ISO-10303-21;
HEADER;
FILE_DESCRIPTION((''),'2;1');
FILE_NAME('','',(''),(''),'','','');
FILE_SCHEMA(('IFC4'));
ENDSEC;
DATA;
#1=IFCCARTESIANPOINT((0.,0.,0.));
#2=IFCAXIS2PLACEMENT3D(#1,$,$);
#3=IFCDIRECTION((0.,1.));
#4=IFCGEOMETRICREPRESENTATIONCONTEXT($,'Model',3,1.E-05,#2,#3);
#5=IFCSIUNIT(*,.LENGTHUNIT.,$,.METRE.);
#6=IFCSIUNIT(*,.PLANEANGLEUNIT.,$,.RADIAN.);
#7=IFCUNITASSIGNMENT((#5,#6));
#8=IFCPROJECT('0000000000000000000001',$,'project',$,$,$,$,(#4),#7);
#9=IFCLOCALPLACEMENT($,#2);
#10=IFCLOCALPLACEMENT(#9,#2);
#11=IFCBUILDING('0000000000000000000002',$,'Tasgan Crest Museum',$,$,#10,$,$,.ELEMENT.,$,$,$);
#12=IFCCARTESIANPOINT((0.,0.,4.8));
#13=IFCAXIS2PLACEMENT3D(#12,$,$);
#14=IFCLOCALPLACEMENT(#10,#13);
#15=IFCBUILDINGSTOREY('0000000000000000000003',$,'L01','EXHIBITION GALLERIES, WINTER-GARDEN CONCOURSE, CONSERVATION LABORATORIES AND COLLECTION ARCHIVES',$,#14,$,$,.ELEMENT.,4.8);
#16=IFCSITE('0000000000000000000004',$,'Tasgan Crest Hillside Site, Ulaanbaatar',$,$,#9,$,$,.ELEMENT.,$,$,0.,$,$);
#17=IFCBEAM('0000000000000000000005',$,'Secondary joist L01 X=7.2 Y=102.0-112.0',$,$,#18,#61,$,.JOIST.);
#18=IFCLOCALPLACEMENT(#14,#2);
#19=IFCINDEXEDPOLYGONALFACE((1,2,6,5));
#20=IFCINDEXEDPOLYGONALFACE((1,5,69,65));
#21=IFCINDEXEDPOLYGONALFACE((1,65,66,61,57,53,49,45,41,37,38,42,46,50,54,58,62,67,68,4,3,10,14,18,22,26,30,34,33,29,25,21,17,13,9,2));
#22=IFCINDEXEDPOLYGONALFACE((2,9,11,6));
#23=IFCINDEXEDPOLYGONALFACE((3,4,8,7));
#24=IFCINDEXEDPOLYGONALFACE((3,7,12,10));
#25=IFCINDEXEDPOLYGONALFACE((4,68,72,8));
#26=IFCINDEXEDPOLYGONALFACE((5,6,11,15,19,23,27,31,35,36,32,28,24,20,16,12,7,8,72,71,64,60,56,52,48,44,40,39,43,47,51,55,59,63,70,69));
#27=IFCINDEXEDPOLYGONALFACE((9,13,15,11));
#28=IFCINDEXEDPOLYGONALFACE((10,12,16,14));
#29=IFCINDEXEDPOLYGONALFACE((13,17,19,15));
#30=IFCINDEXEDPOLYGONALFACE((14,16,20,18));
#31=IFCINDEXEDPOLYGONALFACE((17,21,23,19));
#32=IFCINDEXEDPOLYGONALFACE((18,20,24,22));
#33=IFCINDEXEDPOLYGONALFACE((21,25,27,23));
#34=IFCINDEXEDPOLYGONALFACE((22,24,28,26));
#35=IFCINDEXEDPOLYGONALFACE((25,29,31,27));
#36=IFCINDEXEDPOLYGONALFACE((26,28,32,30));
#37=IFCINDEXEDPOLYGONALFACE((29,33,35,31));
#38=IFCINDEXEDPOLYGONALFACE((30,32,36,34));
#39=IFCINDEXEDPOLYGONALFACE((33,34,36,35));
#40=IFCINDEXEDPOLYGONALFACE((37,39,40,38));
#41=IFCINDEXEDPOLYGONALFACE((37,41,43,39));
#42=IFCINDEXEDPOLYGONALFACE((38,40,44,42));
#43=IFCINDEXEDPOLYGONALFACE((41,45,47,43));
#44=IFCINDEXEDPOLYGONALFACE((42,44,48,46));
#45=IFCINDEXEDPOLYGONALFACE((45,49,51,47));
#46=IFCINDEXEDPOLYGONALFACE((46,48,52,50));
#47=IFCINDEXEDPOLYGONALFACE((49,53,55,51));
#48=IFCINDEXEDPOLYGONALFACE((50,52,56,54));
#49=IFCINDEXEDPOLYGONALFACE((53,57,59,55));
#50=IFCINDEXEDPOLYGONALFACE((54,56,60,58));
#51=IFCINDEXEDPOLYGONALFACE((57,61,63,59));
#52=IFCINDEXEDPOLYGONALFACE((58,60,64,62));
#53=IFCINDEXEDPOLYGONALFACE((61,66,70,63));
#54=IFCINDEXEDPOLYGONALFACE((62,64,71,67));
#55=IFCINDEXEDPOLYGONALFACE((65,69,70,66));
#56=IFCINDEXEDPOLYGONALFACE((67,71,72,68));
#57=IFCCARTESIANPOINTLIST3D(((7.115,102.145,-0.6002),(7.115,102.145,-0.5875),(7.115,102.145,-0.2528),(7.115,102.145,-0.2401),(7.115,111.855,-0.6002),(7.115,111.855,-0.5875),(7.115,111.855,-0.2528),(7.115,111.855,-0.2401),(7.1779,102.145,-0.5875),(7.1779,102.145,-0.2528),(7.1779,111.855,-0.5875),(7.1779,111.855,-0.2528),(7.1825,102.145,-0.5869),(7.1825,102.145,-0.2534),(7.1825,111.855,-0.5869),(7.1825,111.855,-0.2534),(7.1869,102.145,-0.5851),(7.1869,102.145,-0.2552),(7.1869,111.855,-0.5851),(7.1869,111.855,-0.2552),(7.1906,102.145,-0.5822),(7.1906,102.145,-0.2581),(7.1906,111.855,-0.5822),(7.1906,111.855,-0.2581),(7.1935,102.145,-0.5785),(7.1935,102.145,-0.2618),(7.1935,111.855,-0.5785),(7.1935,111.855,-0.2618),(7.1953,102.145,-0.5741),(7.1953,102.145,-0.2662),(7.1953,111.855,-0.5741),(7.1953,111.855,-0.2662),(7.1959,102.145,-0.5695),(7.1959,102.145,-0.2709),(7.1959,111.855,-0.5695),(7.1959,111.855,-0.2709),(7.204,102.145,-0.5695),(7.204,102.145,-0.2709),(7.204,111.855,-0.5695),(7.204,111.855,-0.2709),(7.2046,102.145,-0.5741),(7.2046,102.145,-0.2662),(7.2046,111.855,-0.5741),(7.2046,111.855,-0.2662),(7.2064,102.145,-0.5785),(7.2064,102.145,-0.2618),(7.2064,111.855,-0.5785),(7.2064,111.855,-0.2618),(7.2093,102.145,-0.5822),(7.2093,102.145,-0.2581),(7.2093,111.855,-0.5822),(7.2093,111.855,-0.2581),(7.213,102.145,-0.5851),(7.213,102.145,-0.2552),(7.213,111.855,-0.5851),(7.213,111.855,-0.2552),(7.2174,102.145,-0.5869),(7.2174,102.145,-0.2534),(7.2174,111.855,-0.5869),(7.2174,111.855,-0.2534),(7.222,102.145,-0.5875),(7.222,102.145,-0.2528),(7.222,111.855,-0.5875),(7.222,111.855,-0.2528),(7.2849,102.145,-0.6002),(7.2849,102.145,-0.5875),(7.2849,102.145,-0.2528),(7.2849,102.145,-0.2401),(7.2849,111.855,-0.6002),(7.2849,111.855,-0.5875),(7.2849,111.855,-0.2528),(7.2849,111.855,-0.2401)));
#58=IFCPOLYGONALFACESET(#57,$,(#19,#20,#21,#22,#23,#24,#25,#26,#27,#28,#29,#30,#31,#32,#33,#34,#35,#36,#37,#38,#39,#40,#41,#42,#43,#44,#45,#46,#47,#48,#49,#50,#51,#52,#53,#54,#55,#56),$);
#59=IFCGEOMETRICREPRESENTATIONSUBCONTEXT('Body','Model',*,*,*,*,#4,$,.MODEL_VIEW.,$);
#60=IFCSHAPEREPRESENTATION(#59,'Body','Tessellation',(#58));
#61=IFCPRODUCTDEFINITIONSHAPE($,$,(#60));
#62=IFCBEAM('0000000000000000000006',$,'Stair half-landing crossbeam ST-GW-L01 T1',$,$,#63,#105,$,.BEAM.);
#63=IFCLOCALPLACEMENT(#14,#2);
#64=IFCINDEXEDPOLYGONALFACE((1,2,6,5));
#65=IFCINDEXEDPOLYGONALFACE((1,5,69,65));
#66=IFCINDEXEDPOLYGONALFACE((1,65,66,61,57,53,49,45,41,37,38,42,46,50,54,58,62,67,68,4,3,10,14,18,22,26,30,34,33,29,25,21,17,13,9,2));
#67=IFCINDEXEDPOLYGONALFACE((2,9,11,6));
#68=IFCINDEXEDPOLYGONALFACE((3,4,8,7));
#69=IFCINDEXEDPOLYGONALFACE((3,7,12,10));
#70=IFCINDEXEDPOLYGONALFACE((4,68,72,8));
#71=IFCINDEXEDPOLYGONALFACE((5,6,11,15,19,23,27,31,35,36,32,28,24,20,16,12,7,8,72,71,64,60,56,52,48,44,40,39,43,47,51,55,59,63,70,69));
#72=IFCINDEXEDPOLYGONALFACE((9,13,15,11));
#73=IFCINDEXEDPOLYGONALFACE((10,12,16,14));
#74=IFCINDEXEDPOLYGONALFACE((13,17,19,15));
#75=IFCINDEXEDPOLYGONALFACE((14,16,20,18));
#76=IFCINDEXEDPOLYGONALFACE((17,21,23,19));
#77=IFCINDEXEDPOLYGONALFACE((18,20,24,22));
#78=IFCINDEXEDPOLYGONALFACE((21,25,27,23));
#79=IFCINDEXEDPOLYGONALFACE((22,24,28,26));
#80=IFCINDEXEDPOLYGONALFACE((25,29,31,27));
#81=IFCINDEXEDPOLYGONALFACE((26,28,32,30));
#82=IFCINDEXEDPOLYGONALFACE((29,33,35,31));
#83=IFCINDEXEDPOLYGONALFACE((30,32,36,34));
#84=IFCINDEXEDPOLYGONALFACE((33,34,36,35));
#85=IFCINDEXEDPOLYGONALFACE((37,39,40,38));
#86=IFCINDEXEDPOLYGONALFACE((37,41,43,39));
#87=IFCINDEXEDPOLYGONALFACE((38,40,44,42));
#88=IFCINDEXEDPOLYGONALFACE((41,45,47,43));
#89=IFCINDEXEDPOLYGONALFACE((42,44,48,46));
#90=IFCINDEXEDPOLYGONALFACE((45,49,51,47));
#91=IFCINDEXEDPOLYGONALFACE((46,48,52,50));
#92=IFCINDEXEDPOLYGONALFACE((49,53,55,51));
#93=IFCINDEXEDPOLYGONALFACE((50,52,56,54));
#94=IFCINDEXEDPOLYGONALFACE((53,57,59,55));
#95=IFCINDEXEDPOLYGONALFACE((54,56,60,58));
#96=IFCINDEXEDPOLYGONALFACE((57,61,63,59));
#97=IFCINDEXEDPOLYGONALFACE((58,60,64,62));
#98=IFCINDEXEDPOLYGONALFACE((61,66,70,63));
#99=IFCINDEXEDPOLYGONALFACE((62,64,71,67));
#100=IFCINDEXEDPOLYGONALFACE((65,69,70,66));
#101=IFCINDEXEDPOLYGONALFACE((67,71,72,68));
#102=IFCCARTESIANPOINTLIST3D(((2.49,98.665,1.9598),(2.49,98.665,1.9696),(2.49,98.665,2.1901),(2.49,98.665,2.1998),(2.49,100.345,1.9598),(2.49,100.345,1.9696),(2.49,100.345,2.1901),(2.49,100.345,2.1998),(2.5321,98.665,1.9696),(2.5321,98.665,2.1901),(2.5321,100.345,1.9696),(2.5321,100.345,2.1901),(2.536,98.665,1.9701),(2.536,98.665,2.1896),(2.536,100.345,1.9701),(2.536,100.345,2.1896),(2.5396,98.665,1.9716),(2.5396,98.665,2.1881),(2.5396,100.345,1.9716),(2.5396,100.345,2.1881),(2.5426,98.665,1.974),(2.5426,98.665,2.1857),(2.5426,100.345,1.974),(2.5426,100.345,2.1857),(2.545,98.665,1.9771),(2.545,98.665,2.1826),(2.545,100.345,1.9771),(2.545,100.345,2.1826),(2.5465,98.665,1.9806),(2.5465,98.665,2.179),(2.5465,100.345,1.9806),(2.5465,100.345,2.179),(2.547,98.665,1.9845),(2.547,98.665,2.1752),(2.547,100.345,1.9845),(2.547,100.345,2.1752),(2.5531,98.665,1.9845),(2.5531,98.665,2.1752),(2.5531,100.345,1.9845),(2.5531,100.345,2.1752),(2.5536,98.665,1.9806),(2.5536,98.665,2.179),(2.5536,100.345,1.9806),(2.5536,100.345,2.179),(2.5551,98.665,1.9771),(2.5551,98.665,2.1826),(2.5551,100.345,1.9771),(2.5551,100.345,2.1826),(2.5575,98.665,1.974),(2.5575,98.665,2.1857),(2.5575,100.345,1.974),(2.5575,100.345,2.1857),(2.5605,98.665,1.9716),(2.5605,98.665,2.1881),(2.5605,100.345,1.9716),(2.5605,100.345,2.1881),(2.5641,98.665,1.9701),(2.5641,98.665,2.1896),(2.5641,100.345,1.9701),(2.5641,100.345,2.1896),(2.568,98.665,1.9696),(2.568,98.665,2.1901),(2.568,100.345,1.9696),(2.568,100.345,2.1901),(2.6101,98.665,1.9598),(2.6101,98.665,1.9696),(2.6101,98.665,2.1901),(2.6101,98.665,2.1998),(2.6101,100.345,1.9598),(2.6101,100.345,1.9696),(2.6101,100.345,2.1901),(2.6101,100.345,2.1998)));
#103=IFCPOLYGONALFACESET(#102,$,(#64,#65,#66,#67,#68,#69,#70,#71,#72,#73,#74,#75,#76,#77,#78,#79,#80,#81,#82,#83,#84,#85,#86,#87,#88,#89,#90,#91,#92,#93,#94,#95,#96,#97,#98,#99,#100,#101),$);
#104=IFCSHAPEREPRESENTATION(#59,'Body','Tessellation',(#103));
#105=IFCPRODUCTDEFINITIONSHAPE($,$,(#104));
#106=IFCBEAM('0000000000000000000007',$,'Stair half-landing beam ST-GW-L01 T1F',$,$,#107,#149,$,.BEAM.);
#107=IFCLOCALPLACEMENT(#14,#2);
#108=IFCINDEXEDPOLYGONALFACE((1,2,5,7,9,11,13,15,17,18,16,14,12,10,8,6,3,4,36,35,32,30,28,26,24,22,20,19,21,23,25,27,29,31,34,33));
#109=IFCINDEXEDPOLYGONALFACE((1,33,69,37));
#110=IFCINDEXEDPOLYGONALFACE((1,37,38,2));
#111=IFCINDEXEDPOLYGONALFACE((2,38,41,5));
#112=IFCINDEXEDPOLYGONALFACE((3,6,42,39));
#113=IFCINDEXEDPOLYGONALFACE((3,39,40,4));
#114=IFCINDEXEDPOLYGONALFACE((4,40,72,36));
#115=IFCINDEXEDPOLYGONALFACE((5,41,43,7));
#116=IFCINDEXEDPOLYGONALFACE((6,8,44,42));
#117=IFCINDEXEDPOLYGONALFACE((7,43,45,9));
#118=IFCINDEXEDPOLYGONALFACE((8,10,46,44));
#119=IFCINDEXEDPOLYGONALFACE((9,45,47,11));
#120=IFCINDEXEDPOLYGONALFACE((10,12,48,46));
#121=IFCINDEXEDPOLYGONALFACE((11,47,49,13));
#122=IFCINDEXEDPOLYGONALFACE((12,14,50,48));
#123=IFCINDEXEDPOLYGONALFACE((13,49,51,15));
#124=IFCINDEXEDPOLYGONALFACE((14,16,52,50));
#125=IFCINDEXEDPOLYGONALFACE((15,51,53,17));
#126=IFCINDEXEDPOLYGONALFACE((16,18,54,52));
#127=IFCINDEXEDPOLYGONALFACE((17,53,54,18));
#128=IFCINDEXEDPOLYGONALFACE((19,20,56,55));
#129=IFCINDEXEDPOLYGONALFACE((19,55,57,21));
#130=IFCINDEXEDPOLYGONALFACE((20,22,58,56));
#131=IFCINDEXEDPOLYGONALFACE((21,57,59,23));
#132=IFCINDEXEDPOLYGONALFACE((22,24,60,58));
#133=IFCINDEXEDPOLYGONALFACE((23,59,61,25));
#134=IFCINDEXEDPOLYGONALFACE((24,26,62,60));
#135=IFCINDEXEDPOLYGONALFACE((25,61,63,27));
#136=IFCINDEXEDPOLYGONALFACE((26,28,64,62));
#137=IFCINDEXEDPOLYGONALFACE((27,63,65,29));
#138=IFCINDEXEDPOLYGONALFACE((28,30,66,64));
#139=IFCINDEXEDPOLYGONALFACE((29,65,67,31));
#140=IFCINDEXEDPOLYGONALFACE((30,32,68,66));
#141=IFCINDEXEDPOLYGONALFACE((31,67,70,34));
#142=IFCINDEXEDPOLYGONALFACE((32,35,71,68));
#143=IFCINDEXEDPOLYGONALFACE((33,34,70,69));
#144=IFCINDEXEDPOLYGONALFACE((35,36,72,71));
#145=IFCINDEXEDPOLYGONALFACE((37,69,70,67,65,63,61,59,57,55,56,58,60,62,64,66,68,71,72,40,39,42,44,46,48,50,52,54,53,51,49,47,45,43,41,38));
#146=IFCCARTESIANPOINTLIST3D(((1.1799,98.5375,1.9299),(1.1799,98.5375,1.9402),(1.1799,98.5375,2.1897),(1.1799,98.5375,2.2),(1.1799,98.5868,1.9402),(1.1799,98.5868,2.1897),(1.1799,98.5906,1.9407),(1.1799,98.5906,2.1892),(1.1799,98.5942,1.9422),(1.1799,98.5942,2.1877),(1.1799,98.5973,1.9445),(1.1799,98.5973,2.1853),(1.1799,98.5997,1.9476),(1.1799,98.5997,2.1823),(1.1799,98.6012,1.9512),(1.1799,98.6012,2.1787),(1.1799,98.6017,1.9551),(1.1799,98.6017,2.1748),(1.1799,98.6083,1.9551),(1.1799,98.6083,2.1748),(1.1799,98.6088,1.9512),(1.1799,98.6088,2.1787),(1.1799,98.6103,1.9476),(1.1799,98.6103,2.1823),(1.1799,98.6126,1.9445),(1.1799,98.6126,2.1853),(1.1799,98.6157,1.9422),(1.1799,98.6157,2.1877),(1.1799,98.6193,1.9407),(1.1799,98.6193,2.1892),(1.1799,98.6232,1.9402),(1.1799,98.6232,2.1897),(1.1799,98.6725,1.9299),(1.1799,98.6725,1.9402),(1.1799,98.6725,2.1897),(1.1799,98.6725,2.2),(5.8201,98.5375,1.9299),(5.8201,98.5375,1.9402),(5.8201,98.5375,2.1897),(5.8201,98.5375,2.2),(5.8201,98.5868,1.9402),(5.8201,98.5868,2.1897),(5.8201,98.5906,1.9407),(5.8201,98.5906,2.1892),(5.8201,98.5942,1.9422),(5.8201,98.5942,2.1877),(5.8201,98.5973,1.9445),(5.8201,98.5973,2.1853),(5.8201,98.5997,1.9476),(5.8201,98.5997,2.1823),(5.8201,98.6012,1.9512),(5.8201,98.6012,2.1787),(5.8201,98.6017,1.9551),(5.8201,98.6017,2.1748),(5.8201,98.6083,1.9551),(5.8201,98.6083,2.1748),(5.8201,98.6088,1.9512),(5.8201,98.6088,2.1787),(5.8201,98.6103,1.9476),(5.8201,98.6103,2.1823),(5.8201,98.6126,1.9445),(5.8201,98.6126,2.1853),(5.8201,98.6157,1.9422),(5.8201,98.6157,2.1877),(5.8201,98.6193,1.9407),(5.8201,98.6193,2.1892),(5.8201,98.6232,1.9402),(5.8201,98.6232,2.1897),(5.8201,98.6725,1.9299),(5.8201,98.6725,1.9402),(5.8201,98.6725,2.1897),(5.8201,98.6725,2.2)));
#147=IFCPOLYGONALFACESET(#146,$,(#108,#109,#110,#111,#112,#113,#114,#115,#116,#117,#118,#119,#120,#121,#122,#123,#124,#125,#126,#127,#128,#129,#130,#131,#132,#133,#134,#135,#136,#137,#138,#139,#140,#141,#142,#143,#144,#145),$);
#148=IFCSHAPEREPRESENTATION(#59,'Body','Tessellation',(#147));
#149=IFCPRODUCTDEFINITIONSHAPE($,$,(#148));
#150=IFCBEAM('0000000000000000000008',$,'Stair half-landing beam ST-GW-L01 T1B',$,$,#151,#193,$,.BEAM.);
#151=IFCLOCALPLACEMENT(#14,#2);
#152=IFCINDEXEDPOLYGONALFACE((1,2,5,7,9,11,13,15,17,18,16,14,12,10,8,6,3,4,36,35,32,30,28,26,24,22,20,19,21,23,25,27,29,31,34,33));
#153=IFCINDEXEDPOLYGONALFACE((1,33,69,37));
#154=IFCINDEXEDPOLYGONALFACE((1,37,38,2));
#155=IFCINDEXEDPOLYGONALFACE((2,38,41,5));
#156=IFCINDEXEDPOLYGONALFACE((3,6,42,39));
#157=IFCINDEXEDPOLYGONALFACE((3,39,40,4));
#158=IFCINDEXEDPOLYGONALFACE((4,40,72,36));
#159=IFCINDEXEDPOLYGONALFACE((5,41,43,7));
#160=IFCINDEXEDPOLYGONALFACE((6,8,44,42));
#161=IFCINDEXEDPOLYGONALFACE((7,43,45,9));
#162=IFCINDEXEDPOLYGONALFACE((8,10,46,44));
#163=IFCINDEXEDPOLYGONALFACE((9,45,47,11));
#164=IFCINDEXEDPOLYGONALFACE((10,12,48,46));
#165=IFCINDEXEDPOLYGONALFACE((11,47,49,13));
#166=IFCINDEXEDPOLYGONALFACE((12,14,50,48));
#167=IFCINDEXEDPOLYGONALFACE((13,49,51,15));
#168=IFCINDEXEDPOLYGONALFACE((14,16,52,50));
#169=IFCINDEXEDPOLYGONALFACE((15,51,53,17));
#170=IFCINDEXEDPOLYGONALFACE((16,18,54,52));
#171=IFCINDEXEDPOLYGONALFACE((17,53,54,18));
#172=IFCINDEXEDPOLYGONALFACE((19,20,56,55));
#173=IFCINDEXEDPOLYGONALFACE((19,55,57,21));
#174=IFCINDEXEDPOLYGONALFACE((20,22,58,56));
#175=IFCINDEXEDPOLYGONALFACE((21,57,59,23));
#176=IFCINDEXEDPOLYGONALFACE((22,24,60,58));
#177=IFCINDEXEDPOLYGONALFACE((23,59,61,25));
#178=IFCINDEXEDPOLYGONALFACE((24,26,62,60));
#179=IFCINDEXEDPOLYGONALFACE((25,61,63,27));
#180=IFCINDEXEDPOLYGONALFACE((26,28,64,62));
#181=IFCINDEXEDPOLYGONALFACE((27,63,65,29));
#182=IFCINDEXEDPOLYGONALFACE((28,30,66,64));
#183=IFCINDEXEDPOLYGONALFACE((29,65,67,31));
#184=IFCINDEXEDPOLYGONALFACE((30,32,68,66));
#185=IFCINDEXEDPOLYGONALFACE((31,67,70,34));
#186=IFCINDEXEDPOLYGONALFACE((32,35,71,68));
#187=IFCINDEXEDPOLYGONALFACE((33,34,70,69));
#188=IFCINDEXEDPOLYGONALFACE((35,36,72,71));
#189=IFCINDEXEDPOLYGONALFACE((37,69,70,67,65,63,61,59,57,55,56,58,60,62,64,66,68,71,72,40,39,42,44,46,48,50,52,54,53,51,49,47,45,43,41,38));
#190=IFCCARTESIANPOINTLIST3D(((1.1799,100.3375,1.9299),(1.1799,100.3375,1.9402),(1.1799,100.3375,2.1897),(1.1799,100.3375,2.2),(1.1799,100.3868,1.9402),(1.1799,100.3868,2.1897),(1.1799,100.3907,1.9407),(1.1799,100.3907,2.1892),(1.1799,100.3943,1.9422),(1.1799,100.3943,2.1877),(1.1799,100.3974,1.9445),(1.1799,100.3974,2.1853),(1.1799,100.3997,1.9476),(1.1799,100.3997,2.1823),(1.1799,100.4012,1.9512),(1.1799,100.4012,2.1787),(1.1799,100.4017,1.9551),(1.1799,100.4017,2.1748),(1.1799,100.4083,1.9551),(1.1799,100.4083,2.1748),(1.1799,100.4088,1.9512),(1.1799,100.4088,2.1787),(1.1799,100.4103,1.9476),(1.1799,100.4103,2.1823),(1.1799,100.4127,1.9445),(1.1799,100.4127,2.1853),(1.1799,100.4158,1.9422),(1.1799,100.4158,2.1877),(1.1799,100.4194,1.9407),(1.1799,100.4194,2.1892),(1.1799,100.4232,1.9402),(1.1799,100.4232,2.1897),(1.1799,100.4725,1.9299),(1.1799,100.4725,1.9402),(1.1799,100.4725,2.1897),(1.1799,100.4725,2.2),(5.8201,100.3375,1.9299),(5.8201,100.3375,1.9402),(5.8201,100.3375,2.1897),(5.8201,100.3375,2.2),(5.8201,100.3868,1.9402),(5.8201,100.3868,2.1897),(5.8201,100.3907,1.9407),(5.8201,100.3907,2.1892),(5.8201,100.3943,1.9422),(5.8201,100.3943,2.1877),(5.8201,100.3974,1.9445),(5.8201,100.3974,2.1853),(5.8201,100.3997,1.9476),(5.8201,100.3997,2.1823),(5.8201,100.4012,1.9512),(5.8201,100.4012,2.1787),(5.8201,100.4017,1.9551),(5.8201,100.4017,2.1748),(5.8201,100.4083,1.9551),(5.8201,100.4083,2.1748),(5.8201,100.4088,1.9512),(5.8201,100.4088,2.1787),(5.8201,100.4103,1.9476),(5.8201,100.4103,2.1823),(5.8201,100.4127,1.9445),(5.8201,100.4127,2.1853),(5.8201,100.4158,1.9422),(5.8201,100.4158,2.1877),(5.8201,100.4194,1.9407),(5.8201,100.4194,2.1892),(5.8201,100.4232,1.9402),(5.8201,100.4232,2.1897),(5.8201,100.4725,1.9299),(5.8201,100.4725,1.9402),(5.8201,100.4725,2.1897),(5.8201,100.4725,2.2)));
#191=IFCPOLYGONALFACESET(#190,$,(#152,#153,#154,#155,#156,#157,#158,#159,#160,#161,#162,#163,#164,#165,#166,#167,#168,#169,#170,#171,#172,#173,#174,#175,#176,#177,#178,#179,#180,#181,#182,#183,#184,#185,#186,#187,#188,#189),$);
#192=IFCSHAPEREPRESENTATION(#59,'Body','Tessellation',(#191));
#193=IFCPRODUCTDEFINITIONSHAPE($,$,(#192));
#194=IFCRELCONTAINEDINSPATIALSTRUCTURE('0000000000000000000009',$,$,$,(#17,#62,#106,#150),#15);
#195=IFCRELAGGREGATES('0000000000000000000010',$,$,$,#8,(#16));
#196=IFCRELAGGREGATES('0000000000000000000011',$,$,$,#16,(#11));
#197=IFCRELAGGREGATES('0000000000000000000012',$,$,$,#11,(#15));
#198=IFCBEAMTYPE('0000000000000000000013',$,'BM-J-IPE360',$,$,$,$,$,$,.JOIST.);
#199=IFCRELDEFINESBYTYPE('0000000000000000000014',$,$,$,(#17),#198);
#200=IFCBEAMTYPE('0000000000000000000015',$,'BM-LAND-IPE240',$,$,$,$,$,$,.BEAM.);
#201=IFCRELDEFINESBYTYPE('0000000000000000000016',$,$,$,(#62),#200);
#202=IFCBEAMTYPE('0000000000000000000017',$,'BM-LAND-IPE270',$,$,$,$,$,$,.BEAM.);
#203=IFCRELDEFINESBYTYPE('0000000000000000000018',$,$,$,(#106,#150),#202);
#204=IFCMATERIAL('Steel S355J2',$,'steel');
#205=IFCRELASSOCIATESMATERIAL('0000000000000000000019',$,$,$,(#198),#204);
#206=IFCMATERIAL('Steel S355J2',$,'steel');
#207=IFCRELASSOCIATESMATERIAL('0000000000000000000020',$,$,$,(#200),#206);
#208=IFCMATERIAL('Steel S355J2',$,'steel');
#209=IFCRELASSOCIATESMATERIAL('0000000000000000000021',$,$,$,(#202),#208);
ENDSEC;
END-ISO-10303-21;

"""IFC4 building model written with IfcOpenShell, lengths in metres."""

from ifc_helpers import new_model, si_unit, direction, frame, origin, origin_2d, place, context, subcontext, project, spatial, i_section, extrude, material, material_profile, profile_set, type_object, element, save


model = new_model("IFC4")

# Units and contexts
model_context = context("Model", 3, precision=1e-05, world=origin(), true_north=direction((0.0, 1.0)))
body_context = subcontext(model_context, "Body", "Model", "MODEL_VIEW")
ifc_project = project(units=[si_unit("LENGTHUNIT", "METRE"), si_unit("PLANEANGLEUNIT", "RADIAN")], contexts=[model_context])

# Site, building, storey
site_placement = place(None, origin())
site = spatial("IfcSite", under=ifc_project, at=site_placement, Name="Tasgan Crest Hillside Site, Ulaanbaatar", CompositionType="ELEMENT", RefElevation=0.0)
building_placement = place(site_placement, origin())
building = spatial("IfcBuilding", under=site, at=building_placement, Name="Tasgan Crest Museum", CompositionType="ELEMENT")
storey_placement = place(building_placement, frame((0.0, 0.0, 4.8)))
storey = spatial("IfcBuildingStorey", under=building, at=storey_placement, Name="L01", Description="EXHIBITION GALLERIES, WINTER-GARDEN CONCOURSE, CONSERVATION LABORATORIES AND COLLECTION ARCHIVES", CompositionType="ELEMENT", Elevation=4.8)

# Beams
ifc_material_1 = material(Name="Steel S355J2", Category="steel")
ifc_material_profile_1 = material_profile(ifc_material_1, i_section(OverallWidth=0.1699, OverallDepth=0.3601, WebThickness=0.0081, FlangeThickness=0.0127, FilletRadius=0.0181, at=origin_2d()), Name="IPE 360")
ifc_profile_set_1 = profile_set([ifc_material_profile_1], Name="Steel S355J2")
beam_type_1 = type_object("IfcBeamType", Name="BM-J-IPE360", PredefinedType="JOIST", material=ifc_profile_set_1)
for number, where, z_axis, x_axis, name in (
    (1, (7.2, 102.145, -0.4202), (0.0, 1.0, 0.0), (-1.0, 0.0, 0.0), "Secondary joist L01 X=7.2 Y=102.0-112.0"),
):
    element("IfcBeam", number, at=place(storey_placement, frame(where, z_axis=z_axis, x_axis=x_axis)), inside=storey, type_object=beam_type_1, Name=name, PredefinedType="JOIST", context=body_context, shape_type="SweptSolid", body=[
        extrude(i_section(OverallWidth=0.1699, OverallDepth=0.3601, WebThickness=0.0081, FlangeThickness=0.0127, FilletRadius=0.0181, at=origin_2d()), origin(), (0.0, 0.0, 1.0), 9.71),
    ])
ifc_material_2 = material(Name="Steel S355J2", Category="steel")
ifc_material_profile_2 = material_profile(ifc_material_2, i_section(OverallWidth=0.1201, OverallDepth=0.24, WebThickness=0.0061, FlangeThickness=0.0098, FilletRadius=0.0149, at=origin_2d()), Name="IPE 240")
ifc_profile_set_2 = profile_set([ifc_material_profile_2], Name="Steel S355J2")
beam_type_2 = type_object("IfcBeamType", Name="BM-LAND-IPE240", PredefinedType="BEAM", material=ifc_profile_set_2)
beam_1_placement = place(storey_placement, frame((2.55, 98.665, 2.0798), z_axis=(0.0, 1.0, 0.0), x_axis=(-1.0, 0.0, 0.0)))
element("IfcBeam", 2, at=beam_1_placement, inside=storey, type_object=beam_type_2, Name="Stair half-landing crossbeam ST-GW-L01 T1", PredefinedType="BEAM", context=body_context, shape_type="SweptSolid", body=[
    extrude(i_section(OverallWidth=0.1201, OverallDepth=0.24, WebThickness=0.0061, FlangeThickness=0.0098, FilletRadius=0.0149, at=origin_2d()), origin(), (0.0, 0.0, 1.0), 1.6799),
])
ifc_material_3 = material(Name="Steel S355J2", Category="steel")
ifc_material_profile_3 = material_profile(ifc_material_3, i_section(OverallWidth=0.135, OverallDepth=0.27, WebThickness=0.0066, FlangeThickness=0.0103, FilletRadius=0.0149, at=origin_2d()), Name="IPE 270")
ifc_profile_set_3 = profile_set([ifc_material_profile_3], Name="Steel S355J2")
beam_type_3 = type_object("IfcBeamType", Name="BM-LAND-IPE270", PredefinedType="BEAM", material=ifc_profile_set_3)
for number, where, z_axis, x_axis, name in (
    (3, (1.1799, 98.605, 2.0649), (1.0, 0.0, 0.0), (0.0, 1.0, 0.0), "Stair half-landing beam ST-GW-L01 T1F"),
    (4, (1.1799, 100.405, 2.0649), (1.0, 0.0, 0.0), (0.0, 1.0, 0.0), "Stair half-landing beam ST-GW-L01 T1B"),
):
    element("IfcBeam", number, at=place(storey_placement, frame(where, z_axis=z_axis, x_axis=x_axis)), inside=storey, type_object=beam_type_3, Name=name, PredefinedType="BEAM", context=body_context, shape_type="SweptSolid", body=[
        extrude(i_section(OverallWidth=0.135, OverallDepth=0.27, WebThickness=0.0066, FlangeThickness=0.0103, FilletRadius=0.0149, at=origin_2d()), origin(), (0.0, 0.0, 1.0), 4.6401),
    ])

save(model, "model.ifc")
